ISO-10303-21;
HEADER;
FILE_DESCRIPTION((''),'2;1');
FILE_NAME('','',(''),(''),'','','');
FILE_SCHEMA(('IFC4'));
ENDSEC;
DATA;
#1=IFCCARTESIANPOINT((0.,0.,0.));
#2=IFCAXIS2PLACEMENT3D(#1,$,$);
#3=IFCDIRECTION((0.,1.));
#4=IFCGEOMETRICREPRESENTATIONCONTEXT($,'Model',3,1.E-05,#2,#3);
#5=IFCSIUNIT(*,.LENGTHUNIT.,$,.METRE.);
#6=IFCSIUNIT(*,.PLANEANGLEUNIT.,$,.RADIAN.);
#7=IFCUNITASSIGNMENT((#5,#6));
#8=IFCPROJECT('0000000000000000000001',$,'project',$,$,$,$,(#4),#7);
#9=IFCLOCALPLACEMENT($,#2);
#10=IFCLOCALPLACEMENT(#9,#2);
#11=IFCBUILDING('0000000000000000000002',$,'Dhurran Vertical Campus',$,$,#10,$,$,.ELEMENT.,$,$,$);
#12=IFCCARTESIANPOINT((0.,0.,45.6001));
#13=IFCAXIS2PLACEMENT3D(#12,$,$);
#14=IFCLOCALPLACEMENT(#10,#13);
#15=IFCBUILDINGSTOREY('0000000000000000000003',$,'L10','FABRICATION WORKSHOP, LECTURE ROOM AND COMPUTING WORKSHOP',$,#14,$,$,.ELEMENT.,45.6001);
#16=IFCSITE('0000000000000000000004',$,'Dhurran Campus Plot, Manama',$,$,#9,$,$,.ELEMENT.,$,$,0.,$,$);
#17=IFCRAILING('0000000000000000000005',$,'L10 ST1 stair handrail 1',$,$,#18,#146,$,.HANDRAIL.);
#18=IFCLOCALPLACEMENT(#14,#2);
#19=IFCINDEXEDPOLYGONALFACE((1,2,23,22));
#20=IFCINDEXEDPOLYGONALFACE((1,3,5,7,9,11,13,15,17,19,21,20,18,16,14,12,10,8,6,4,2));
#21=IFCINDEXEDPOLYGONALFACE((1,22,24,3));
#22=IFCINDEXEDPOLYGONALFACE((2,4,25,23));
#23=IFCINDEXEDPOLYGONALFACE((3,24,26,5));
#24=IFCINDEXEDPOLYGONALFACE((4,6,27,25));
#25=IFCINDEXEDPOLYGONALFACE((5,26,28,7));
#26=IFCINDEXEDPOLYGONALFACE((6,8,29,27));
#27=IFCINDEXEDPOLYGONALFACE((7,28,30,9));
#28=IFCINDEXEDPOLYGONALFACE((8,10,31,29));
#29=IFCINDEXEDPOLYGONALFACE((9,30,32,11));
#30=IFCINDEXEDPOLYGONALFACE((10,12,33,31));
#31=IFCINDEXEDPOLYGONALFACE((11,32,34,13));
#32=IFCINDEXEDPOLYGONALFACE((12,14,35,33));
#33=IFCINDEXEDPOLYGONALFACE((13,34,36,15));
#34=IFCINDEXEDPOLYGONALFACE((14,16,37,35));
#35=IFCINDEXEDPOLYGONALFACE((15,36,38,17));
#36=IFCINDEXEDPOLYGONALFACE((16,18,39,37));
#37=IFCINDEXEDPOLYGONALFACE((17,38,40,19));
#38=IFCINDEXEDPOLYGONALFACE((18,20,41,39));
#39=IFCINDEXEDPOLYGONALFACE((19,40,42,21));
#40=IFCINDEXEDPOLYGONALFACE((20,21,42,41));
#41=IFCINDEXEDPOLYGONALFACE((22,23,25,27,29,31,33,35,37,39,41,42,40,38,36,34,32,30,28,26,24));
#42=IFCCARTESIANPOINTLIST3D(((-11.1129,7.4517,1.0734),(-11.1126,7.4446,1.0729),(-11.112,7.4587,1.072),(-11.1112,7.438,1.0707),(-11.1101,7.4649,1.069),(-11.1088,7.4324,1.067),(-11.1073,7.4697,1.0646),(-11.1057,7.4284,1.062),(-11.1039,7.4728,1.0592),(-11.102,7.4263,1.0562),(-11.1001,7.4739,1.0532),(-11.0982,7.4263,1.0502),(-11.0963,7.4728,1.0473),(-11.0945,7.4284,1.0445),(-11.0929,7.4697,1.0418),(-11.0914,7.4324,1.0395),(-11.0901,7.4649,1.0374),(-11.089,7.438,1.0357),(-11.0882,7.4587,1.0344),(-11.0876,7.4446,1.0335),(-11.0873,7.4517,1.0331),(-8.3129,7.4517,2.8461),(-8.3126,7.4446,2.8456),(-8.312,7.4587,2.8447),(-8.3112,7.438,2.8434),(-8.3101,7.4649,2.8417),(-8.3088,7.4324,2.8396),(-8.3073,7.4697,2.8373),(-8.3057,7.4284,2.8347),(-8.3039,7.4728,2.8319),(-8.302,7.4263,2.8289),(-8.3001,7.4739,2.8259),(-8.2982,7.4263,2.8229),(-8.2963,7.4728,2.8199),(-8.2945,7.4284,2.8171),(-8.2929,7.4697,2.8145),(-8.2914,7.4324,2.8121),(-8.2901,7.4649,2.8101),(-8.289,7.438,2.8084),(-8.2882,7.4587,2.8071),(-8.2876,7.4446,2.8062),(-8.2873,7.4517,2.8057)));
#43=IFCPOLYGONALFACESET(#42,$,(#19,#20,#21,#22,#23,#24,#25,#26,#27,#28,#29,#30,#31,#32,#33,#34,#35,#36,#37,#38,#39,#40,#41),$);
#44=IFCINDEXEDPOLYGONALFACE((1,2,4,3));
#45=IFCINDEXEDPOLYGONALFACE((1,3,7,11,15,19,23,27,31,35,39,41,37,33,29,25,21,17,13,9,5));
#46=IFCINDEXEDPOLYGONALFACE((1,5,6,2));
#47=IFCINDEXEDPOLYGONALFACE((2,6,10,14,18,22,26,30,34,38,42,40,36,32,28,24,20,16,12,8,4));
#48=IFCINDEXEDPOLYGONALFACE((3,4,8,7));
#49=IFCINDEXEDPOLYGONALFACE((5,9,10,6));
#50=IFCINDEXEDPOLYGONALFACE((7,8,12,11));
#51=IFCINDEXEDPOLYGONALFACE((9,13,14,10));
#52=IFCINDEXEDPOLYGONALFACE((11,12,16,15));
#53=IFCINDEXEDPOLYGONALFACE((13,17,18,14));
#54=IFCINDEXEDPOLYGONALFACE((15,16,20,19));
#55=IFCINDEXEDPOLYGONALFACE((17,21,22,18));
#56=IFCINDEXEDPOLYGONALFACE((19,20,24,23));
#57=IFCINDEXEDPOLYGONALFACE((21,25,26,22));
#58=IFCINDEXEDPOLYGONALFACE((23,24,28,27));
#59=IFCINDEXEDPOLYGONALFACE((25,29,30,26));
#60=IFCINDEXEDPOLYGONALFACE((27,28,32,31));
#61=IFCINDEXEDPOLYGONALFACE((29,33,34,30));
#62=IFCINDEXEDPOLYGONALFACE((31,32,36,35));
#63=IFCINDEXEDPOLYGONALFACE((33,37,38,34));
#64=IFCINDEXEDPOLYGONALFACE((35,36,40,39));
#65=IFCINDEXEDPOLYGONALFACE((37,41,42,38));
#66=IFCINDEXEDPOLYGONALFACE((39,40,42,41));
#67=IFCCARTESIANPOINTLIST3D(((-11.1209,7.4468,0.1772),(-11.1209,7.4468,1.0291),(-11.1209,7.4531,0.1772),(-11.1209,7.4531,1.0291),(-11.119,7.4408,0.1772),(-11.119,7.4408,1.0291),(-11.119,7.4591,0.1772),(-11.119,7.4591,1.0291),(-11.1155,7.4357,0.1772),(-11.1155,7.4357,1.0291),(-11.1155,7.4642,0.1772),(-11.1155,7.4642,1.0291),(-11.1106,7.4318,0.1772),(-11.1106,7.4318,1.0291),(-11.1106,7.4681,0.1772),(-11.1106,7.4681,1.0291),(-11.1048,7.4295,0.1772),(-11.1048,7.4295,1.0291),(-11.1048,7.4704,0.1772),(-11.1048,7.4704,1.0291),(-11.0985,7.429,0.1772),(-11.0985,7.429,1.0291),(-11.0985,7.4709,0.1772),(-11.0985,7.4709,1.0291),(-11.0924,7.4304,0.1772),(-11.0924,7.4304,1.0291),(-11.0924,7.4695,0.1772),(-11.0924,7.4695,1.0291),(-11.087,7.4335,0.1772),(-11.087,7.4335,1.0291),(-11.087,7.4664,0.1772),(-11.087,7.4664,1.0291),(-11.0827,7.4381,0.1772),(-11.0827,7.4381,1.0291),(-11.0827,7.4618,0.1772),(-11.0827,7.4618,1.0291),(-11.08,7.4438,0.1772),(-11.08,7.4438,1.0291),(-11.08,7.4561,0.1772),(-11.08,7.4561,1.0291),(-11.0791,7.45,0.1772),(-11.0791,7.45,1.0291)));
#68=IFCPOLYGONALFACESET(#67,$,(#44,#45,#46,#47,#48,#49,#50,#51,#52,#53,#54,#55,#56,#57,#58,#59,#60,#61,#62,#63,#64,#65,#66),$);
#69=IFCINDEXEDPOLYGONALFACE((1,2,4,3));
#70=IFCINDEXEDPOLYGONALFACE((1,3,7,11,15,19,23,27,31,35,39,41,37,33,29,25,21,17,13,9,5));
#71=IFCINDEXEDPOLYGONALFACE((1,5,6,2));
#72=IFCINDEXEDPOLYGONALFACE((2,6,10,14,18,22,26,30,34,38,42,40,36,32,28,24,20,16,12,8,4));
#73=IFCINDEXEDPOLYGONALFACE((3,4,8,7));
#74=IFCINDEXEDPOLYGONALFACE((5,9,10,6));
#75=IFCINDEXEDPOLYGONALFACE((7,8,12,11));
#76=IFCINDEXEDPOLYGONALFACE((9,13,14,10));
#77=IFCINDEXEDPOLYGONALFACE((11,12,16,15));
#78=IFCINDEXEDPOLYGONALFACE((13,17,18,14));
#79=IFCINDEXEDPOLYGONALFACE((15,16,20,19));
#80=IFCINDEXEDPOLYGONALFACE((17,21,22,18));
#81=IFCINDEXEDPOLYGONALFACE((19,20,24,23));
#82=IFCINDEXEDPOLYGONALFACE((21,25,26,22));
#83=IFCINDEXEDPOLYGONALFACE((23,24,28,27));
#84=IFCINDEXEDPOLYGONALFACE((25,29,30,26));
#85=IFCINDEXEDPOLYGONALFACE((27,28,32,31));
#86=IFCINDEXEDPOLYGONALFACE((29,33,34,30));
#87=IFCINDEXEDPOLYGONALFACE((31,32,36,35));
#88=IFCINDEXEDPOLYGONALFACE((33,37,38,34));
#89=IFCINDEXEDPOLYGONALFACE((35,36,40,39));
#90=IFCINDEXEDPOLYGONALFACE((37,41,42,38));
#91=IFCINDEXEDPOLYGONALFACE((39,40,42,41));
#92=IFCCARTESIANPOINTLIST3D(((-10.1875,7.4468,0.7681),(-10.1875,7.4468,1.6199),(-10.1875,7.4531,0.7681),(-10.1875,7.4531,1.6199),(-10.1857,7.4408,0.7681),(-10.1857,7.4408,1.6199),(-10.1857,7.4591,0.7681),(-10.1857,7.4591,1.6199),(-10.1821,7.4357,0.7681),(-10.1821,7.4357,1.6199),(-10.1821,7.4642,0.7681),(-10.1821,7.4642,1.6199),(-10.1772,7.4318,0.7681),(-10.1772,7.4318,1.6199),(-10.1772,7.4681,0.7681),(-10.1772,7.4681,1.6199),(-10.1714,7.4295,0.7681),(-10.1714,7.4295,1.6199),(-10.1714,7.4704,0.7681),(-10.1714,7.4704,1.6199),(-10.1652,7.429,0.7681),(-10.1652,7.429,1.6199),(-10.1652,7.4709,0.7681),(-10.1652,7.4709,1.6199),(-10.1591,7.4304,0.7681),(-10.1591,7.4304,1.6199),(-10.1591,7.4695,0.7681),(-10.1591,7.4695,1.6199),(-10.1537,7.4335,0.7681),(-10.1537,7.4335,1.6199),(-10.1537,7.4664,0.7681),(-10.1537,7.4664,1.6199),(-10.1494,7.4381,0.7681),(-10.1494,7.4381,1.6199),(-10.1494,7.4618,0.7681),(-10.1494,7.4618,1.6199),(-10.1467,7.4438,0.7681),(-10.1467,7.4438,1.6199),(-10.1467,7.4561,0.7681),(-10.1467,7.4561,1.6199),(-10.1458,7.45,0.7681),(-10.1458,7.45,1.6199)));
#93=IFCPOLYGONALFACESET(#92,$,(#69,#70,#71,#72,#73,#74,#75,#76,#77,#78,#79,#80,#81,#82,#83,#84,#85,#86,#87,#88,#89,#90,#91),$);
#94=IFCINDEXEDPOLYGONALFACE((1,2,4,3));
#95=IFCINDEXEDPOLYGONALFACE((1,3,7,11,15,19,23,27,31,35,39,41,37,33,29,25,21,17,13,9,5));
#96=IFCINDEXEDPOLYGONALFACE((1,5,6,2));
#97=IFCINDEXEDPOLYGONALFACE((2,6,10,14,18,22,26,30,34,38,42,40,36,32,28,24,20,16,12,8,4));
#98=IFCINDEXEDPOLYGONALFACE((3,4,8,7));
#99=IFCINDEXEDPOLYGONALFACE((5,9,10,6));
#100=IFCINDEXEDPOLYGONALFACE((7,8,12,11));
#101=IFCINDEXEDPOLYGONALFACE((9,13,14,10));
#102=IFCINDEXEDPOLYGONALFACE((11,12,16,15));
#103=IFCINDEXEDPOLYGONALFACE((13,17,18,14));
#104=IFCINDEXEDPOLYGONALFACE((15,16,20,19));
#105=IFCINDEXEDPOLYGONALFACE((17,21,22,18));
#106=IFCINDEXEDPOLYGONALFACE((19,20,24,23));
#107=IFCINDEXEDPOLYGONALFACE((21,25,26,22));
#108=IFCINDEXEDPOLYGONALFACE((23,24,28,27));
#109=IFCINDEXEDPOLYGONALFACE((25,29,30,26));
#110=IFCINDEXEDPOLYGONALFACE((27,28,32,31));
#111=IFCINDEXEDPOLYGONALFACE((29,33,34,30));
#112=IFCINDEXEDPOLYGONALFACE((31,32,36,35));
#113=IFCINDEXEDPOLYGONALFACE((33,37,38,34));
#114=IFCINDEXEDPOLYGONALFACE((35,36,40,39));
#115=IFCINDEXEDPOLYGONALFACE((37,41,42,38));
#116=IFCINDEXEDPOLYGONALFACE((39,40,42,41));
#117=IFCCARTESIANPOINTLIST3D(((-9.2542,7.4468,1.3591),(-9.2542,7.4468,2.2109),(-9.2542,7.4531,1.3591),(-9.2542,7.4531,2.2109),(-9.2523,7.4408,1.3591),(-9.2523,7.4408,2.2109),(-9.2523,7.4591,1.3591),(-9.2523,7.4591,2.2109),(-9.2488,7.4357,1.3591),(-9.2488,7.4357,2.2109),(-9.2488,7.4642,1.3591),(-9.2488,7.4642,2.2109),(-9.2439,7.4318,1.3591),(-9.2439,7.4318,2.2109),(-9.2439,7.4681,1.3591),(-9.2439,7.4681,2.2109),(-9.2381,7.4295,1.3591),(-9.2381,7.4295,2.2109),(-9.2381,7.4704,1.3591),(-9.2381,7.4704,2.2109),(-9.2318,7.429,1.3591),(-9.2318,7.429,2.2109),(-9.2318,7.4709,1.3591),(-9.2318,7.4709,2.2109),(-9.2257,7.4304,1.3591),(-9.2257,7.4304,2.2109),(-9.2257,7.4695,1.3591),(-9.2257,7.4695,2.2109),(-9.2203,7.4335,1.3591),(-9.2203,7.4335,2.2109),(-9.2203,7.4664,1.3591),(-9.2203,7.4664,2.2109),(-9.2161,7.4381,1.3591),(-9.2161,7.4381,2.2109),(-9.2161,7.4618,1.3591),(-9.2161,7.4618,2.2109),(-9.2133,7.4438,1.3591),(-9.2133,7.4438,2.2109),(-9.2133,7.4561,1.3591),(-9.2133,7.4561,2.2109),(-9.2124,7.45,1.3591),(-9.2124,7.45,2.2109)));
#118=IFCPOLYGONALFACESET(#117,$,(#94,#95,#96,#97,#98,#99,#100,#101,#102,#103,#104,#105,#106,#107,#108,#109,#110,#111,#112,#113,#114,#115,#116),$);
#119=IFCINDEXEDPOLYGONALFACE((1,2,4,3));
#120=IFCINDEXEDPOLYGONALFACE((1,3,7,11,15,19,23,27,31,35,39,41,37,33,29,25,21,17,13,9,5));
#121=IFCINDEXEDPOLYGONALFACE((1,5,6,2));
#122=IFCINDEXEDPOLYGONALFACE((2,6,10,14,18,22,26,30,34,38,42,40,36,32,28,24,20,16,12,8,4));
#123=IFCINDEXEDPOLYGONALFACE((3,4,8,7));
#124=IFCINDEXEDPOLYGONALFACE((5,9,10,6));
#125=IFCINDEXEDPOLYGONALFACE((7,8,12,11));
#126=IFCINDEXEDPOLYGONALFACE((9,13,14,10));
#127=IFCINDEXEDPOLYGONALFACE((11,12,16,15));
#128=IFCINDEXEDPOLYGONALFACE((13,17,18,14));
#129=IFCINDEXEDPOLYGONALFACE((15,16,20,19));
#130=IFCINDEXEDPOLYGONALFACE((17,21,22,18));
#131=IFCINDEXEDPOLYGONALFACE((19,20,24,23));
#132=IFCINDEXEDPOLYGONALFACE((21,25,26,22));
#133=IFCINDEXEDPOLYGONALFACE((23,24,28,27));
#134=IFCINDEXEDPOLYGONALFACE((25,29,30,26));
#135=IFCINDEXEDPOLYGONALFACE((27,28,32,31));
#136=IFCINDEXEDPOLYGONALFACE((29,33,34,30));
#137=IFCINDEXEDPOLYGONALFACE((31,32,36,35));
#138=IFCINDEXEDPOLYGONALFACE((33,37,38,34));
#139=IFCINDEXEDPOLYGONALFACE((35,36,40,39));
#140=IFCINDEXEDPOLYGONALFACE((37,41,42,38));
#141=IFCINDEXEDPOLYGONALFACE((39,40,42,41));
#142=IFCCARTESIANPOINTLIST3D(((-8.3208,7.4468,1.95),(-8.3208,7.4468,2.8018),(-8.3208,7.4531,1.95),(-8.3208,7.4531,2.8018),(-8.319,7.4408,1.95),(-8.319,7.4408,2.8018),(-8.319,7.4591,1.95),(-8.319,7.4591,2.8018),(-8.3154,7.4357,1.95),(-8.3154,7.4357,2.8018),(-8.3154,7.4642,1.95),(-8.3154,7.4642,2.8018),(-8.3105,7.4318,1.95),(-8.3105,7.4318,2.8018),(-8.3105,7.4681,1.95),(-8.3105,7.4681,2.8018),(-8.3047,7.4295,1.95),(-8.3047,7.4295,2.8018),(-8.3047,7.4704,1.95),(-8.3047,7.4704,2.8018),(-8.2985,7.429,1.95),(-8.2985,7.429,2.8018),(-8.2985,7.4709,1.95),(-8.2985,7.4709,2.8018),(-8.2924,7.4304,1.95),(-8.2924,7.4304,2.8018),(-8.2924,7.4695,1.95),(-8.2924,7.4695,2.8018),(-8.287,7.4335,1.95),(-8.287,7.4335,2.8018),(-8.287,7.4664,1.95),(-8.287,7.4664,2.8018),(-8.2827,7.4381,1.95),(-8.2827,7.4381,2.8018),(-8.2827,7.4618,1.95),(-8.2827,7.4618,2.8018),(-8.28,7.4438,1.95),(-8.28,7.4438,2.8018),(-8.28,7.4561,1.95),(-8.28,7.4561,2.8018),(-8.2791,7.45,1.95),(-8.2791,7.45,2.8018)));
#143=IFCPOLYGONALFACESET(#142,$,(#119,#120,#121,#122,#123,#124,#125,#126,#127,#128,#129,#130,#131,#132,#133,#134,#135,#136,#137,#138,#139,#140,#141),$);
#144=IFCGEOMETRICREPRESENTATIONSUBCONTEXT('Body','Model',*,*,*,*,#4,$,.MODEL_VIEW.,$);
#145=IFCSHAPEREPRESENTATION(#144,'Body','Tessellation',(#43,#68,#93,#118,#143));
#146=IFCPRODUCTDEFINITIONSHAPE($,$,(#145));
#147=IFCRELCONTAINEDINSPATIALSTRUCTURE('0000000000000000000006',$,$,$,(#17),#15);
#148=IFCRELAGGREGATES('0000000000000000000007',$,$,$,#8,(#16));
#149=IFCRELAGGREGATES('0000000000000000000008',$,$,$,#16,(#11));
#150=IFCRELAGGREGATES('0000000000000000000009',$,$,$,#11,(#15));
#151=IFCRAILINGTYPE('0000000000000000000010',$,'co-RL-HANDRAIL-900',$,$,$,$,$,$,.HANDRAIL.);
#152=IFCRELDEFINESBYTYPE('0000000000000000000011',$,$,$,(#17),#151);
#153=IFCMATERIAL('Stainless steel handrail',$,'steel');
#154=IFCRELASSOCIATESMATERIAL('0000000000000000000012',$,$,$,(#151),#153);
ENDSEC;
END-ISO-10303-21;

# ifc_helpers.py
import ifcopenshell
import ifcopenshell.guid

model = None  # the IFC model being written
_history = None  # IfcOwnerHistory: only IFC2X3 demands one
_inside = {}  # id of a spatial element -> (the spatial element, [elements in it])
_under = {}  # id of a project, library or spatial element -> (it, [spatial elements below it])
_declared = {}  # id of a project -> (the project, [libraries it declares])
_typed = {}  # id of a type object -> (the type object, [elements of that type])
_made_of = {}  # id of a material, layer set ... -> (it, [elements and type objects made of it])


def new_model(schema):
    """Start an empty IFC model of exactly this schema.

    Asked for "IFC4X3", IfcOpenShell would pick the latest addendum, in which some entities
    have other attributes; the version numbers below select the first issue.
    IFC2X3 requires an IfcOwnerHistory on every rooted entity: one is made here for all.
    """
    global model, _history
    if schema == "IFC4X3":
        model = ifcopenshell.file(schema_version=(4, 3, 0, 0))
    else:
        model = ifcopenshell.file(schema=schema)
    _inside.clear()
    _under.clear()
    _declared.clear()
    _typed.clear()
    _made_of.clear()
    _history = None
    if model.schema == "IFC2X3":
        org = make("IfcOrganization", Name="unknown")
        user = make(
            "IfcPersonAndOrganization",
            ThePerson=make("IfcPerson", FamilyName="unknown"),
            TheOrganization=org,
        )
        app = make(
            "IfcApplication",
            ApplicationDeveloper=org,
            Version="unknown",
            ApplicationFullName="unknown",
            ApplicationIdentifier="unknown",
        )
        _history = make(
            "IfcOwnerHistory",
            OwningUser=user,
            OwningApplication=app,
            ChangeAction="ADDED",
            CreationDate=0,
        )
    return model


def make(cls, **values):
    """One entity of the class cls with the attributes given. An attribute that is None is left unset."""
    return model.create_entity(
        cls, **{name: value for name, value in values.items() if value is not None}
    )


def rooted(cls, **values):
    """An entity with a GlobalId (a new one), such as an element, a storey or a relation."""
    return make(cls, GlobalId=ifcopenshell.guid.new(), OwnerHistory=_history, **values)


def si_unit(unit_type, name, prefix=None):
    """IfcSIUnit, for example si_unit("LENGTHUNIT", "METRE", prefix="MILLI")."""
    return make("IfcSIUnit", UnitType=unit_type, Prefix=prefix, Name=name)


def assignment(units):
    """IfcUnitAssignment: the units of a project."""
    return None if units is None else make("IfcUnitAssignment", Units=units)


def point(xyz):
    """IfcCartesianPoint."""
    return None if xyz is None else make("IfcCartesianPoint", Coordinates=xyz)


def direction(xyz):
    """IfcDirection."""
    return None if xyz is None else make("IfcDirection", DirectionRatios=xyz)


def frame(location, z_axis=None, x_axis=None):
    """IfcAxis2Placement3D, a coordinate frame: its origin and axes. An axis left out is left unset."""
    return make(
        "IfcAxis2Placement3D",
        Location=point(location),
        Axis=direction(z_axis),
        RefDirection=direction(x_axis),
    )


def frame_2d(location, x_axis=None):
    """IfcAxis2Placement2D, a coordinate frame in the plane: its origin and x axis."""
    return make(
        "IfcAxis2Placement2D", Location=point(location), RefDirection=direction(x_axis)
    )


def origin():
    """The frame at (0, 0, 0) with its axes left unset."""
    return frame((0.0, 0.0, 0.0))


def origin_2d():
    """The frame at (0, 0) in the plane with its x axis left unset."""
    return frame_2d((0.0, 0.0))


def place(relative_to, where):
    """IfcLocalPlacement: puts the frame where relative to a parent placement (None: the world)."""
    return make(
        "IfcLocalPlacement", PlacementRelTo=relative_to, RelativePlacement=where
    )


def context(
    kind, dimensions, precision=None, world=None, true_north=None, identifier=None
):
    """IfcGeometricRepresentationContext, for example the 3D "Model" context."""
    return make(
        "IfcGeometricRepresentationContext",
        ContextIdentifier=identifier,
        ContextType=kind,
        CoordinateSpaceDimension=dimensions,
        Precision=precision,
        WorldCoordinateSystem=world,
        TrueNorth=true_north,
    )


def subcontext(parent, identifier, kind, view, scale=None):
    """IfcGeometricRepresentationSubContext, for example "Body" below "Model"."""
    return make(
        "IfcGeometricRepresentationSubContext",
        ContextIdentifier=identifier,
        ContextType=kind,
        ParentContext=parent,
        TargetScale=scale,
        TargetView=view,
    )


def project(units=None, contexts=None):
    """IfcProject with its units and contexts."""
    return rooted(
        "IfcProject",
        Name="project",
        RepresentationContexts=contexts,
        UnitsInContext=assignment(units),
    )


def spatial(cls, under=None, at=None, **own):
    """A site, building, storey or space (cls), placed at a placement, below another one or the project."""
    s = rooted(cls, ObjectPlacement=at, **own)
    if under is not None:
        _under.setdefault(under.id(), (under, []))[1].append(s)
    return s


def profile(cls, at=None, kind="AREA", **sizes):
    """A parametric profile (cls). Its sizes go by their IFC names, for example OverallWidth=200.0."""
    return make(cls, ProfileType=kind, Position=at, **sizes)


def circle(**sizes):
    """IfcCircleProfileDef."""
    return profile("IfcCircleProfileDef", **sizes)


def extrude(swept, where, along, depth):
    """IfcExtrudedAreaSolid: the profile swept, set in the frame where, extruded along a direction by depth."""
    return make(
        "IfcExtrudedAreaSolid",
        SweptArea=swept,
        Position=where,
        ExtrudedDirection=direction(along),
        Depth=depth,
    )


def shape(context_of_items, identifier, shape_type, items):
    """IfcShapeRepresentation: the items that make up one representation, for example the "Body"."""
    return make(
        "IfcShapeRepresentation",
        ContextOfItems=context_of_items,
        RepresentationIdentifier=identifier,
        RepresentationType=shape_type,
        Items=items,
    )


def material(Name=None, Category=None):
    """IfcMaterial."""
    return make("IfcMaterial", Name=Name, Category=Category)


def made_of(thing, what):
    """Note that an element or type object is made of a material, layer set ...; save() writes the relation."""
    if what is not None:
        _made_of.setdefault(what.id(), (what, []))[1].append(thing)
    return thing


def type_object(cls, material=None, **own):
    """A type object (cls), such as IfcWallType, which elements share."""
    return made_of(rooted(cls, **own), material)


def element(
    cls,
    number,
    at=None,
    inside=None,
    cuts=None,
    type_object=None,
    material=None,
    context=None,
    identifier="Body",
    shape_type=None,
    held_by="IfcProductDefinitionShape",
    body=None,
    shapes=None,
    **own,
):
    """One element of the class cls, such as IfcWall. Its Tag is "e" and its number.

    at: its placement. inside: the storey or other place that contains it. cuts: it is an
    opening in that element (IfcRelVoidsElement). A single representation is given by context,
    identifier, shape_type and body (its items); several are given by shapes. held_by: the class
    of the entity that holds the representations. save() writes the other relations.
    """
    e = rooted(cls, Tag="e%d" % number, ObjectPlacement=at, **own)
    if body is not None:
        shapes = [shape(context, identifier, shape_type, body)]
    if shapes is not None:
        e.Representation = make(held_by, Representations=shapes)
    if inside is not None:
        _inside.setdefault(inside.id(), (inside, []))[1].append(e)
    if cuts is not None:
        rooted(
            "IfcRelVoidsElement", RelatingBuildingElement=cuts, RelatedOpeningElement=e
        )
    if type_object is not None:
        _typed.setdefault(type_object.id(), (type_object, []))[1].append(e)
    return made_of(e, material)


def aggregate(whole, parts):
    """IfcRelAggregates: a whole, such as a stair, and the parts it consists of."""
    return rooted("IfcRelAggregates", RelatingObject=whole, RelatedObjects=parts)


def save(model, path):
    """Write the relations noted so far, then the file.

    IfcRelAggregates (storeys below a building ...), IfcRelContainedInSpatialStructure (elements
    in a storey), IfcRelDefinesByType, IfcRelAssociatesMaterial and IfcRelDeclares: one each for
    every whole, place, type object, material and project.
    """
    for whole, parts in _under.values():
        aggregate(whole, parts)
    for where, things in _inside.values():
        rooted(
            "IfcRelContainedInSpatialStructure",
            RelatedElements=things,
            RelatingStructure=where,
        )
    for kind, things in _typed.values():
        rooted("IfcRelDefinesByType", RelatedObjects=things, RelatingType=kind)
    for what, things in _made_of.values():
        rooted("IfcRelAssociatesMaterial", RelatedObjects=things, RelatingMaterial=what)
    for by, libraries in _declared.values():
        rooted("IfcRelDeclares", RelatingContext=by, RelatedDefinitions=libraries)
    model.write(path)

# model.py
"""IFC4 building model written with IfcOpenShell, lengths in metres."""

from ifc_helpers import new_model, si_unit, direction, frame, origin, origin_2d, place, context, subcontext, project, spatial, circle, extrude, material, type_object, element, save


model = new_model("IFC4")

# Units and contexts
model_context = context("Model", 3, precision=1e-05, world=origin(), true_north=direction((0.0, 1.0)))
body_context = subcontext(model_context, "Body", "Model", "MODEL_VIEW")
ifc_project = project(units=[si_unit("LENGTHUNIT", "METRE"), si_unit("PLANEANGLEUNIT", "RADIAN")], contexts=[model_context])

# Site, building, storey
site_placement = place(None, origin())
site = spatial("IfcSite", under=ifc_project, at=site_placement, Name="Dhurran Campus Plot, Manama", CompositionType="ELEMENT", RefElevation=0.0)
building_placement = place(site_placement, origin())
building = spatial("IfcBuilding", under=site, at=building_placement, Name="Dhurran Vertical Campus", CompositionType="ELEMENT")
storey_placement = place(building_placement, frame((0.0, 0.0, 45.6001)))
storey = spatial("IfcBuildingStorey", under=building, at=storey_placement, Name="L10", Description="FABRICATION WORKSHOP, LECTURE ROOM AND COMPUTING WORKSHOP", CompositionType="ELEMENT", Elevation=45.6001)

# Railing
ifc_material_1 = material(Name="Stainless steel handrail", Category="steel")
railing_type_1 = type_object("IfcRailingType", Name="co-RL-HANDRAIL-900", PredefinedType="HANDRAIL", material=ifc_material_1)
railing_1_placement = place(storey_placement, frame((-11.1001, 7.45, 0.1772)))
element("IfcRailing", 1, at=railing_1_placement, inside=storey, type_object=railing_type_1, Name="L10 ST1 stair handrail 1", PredefinedType="HANDRAIL", context=body_context, shape_type="SweptSolid", body=[
    extrude(circle(Radius=0.0239, at=origin_2d()), frame((0.0, 0.0, 0.876), z_axis=(0.844909, 0.0, 0.53491), x_axis=(0.0, 1.0, 0.0)), (0.0, 0.0, 1.0), 3.314),
    extrude(circle(Radius=0.021, at=origin_2d()), origin(), (0.0, 0.0, 1.0), 0.8518),
    extrude(circle(Radius=0.021, at=origin_2d()), frame((0.9333, 0.0, 0.5908)), (0.0, 0.0, 1.0), 0.8518),
    extrude(circle(Radius=0.021, at=origin_2d()), frame((1.8667, 0.0, 1.1819)), (0.0, 0.0, 1.0), 0.8518),
    extrude(circle(Radius=0.021, at=origin_2d()), frame((2.8, 0.0, 1.7727)), (0.0, 0.0, 1.0), 0.8518),
])

save(model, "model.ifc")
